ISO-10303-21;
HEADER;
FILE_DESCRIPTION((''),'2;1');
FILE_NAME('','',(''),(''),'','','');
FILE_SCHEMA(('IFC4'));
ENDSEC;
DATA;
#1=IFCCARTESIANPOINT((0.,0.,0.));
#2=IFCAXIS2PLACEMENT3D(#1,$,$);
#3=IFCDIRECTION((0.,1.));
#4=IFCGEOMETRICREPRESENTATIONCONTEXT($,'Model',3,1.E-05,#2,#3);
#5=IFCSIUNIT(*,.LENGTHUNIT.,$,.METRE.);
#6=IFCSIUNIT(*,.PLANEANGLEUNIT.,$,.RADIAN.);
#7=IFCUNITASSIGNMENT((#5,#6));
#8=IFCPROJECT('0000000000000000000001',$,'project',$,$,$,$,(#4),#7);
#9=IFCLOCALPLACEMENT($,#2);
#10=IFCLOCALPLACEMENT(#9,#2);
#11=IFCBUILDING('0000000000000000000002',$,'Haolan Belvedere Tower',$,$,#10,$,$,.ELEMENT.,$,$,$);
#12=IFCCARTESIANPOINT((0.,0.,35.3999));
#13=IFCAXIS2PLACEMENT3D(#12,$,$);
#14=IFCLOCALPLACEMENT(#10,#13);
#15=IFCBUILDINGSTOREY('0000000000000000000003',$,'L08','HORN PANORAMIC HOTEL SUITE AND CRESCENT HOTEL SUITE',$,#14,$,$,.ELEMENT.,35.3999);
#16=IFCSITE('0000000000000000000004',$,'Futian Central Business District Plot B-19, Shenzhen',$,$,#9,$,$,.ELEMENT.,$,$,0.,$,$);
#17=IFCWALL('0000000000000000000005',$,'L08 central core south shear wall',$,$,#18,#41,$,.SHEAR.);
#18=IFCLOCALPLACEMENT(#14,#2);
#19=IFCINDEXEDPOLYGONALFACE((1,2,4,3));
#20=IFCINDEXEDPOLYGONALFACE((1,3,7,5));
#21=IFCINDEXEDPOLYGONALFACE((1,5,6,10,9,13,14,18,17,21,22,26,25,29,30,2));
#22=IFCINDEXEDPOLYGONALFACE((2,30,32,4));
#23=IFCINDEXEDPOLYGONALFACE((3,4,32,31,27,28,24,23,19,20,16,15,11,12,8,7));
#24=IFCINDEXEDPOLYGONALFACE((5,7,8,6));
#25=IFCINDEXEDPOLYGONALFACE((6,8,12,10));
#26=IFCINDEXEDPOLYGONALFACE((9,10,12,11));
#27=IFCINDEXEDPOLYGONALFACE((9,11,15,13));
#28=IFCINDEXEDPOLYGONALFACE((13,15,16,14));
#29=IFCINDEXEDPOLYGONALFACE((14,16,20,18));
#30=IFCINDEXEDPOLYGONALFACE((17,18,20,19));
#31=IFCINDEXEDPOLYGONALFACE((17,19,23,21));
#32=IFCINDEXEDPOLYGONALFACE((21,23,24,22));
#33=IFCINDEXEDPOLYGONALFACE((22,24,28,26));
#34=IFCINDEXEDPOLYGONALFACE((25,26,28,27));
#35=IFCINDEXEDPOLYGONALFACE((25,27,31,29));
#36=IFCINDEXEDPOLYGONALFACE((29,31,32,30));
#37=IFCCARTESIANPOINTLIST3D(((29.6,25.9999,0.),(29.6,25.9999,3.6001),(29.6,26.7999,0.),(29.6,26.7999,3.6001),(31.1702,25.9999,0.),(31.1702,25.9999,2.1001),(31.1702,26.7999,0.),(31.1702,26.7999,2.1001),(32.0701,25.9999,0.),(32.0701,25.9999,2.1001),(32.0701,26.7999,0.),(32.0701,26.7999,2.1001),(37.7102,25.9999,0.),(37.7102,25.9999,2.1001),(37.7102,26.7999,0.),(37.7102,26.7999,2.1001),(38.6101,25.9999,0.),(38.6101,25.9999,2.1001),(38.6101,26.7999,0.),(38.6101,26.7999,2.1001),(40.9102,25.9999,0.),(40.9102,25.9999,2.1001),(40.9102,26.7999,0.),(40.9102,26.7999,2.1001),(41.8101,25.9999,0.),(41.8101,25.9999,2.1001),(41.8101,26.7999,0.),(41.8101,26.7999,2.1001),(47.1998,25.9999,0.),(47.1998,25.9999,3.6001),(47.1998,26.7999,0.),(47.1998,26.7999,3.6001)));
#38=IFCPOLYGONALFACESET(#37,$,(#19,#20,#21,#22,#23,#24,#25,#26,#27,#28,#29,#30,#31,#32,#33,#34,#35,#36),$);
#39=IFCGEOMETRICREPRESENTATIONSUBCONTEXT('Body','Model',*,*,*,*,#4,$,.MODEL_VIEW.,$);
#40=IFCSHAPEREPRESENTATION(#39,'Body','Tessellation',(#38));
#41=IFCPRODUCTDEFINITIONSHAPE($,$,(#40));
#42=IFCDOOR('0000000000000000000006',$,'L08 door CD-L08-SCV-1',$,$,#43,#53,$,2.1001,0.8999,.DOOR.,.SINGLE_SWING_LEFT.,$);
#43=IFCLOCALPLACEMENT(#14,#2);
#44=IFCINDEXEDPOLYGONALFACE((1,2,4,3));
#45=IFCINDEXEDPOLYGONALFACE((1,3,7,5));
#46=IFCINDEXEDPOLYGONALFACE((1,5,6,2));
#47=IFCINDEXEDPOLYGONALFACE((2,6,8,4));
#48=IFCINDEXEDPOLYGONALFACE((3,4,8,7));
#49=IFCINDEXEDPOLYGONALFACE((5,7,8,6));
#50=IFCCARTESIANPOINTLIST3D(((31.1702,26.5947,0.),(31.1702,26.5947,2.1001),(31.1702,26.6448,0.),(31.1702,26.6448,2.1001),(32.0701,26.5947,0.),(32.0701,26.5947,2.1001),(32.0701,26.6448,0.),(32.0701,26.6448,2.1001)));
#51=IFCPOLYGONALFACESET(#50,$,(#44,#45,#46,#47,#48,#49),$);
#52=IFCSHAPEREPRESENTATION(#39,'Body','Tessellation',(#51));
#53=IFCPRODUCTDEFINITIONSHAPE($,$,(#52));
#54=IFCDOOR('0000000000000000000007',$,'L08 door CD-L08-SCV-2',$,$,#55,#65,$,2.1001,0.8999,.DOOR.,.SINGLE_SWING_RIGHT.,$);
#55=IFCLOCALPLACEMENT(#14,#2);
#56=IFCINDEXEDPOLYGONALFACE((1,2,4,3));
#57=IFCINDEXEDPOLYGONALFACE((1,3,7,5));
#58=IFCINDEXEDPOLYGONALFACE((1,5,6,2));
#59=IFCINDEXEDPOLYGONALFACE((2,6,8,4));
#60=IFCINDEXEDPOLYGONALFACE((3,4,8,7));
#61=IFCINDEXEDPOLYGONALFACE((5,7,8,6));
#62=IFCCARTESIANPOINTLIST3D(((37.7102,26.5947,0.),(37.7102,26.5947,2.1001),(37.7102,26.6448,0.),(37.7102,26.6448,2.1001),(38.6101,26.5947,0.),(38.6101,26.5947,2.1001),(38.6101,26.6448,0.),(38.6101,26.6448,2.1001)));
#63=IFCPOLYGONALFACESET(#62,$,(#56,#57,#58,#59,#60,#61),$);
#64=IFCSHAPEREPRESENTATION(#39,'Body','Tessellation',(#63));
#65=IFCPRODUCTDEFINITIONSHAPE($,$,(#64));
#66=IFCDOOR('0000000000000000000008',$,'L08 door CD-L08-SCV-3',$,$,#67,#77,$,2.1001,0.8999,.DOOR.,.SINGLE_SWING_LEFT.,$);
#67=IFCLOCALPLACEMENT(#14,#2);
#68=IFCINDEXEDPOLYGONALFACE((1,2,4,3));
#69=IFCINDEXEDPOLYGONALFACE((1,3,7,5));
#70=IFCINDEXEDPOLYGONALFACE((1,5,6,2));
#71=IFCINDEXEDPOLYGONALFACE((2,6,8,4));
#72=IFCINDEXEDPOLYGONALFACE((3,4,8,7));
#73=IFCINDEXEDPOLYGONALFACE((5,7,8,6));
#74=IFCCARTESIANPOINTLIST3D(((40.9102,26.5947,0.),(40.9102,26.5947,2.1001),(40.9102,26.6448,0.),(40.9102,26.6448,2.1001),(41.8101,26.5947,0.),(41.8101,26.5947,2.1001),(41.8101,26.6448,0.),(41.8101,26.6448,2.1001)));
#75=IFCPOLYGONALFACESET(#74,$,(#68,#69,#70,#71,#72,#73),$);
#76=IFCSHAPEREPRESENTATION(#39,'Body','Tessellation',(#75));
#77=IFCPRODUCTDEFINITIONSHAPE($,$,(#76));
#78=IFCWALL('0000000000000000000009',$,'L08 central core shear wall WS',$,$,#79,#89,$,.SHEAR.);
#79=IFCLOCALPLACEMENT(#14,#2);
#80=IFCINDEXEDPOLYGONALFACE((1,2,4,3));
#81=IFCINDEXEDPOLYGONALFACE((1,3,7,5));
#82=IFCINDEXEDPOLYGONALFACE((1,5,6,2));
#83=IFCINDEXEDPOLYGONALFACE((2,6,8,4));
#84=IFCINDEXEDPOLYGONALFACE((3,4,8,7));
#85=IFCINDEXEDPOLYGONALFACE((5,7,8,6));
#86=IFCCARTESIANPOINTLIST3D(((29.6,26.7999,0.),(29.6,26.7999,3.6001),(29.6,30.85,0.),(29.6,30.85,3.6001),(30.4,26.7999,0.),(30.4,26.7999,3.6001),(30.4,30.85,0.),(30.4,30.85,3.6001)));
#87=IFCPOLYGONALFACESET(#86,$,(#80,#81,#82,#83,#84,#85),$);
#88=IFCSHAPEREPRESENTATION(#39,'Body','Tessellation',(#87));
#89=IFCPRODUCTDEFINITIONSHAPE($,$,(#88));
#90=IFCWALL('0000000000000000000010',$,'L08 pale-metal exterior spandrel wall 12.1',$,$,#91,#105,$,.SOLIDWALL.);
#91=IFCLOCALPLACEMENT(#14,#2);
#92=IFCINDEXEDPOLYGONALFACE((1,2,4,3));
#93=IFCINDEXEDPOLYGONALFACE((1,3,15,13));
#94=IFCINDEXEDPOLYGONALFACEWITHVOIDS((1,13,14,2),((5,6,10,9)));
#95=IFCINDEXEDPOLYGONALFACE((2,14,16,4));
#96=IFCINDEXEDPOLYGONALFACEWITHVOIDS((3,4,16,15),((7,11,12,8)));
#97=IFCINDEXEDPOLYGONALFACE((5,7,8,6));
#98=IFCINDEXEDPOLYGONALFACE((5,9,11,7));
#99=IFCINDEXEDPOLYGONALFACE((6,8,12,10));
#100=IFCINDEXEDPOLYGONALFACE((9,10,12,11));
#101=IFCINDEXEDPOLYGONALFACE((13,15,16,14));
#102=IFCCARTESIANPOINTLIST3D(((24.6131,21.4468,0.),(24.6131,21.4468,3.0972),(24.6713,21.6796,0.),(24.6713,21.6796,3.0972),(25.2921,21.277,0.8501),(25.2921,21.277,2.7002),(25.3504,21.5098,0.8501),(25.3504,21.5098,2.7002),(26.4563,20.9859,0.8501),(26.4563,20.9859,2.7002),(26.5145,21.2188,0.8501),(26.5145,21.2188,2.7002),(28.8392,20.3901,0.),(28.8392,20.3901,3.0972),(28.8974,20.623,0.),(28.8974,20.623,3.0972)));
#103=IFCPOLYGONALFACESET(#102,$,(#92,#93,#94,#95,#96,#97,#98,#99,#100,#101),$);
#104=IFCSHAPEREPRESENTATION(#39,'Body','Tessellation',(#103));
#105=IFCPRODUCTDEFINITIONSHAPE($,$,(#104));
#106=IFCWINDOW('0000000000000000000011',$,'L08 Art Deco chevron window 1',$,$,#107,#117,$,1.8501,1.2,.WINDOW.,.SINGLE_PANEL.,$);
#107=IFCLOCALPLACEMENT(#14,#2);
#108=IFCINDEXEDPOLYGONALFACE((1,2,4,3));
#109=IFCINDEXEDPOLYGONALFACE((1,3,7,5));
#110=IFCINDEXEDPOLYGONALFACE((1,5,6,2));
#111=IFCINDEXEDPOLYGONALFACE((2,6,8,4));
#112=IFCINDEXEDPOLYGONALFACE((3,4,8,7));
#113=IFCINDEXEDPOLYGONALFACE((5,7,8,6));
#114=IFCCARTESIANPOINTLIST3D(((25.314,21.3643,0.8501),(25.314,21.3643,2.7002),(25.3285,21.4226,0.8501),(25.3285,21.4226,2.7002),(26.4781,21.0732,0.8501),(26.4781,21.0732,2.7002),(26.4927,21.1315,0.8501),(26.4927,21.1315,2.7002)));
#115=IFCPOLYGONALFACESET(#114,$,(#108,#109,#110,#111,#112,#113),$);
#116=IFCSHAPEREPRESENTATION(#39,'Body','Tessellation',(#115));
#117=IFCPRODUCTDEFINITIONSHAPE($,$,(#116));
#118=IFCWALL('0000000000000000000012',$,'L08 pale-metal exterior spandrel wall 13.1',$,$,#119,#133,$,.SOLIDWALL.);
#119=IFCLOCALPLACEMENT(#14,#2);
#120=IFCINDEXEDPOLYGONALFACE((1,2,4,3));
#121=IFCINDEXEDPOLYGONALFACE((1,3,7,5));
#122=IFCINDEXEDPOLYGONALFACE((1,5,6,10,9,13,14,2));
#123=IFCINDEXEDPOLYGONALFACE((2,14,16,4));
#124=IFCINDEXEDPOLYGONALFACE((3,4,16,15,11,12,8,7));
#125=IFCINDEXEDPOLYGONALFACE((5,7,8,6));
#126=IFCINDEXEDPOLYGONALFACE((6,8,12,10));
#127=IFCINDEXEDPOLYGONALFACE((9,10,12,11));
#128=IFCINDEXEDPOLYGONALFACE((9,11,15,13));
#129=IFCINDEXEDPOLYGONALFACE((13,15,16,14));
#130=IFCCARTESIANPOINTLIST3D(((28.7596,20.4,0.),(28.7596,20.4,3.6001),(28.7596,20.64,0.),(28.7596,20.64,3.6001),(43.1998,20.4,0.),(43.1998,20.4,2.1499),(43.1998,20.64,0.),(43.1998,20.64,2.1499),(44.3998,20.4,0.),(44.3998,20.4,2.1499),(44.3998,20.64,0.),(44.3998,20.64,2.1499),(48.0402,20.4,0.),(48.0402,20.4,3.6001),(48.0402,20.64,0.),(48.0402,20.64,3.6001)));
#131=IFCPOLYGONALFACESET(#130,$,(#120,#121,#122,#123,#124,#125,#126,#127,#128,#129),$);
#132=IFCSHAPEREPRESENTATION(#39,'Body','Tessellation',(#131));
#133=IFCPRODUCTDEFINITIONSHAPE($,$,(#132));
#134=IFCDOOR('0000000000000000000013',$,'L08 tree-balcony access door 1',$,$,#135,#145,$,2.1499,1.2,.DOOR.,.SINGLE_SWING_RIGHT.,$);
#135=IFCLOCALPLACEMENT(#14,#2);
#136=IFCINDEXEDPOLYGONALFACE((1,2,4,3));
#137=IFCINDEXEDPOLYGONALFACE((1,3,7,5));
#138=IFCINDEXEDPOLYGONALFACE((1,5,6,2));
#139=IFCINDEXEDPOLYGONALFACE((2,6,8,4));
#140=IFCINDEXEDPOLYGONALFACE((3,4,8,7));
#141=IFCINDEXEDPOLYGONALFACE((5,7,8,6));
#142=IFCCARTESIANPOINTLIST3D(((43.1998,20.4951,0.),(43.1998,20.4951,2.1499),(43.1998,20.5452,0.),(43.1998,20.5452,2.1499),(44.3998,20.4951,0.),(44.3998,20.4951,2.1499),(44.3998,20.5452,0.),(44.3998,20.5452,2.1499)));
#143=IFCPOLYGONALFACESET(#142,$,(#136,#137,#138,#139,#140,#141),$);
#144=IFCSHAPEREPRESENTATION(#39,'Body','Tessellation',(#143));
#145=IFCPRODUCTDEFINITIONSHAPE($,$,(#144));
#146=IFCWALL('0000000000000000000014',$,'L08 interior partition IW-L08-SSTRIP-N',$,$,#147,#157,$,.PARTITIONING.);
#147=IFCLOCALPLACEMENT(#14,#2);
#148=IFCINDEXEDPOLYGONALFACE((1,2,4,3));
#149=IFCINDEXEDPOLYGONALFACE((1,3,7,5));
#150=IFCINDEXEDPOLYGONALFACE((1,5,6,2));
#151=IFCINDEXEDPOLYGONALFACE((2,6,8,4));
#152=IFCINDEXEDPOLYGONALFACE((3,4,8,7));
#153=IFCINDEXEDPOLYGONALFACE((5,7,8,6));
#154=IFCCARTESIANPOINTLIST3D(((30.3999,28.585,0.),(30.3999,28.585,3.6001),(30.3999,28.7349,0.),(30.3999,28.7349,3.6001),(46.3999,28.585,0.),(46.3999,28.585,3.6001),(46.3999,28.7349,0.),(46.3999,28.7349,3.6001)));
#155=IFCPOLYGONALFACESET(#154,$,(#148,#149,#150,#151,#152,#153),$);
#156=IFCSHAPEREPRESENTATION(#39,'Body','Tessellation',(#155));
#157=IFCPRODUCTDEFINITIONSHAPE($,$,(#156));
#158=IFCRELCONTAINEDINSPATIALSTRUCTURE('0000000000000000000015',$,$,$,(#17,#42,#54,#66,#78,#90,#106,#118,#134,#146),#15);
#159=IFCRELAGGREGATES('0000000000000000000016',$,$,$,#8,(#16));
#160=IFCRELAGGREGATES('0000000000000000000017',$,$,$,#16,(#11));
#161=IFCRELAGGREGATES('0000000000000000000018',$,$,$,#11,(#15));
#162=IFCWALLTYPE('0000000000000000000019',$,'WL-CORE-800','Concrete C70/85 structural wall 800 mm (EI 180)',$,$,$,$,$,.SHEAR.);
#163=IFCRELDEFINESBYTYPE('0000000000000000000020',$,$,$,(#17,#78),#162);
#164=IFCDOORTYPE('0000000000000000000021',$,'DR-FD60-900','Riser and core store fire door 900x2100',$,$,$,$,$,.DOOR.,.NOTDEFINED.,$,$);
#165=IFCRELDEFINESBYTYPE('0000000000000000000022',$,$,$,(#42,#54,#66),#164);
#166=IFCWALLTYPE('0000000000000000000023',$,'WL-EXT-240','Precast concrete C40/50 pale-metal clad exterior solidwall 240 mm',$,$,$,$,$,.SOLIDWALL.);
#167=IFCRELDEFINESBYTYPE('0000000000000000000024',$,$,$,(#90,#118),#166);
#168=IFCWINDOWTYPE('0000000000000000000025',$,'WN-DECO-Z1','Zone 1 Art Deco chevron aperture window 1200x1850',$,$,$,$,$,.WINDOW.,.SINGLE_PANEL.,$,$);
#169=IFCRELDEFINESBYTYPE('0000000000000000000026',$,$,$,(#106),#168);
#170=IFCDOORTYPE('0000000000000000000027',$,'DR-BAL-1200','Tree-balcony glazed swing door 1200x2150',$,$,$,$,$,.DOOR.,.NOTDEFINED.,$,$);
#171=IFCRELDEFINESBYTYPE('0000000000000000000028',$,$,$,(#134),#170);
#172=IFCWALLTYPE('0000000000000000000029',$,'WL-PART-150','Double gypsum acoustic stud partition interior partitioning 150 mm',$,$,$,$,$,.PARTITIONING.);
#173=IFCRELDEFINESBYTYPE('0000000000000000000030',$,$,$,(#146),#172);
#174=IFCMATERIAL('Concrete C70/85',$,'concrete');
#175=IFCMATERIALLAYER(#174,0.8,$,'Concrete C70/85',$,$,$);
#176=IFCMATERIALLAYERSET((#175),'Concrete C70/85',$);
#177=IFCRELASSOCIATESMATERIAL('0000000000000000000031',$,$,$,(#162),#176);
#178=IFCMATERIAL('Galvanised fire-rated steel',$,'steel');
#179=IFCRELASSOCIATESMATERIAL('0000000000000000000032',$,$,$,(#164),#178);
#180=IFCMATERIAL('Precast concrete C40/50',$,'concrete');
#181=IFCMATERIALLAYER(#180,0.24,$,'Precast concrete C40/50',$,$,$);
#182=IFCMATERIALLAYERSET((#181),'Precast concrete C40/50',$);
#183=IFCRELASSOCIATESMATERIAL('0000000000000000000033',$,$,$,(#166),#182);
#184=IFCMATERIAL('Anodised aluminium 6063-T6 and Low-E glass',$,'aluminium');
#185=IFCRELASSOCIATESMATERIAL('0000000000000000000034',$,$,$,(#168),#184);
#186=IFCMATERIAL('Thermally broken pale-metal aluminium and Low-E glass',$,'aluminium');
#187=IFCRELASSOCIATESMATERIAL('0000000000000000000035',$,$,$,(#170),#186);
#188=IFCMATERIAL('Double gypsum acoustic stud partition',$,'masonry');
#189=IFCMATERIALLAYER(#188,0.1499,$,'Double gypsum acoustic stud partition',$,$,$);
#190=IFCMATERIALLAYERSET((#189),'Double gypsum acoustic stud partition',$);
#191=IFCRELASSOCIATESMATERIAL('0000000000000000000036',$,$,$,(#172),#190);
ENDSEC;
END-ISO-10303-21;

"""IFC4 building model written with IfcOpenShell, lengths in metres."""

from ifc_helpers import new_model, si_unit, direction, frame, frame_2d, origin, place, context, subcontext, project, spatial, rectangle, extrude, material, layer, layer_set, type_object, element, fill, save


model = new_model("IFC4")

# Units and contexts
model_context = context("Model", 3, precision=1e-05, world=origin(), true_north=direction((0.0, 1.0)))
body_context = subcontext(model_context, "Body", "Model", "MODEL_VIEW")
ifc_project = project(units=[si_unit("LENGTHUNIT", "METRE"), si_unit("PLANEANGLEUNIT", "RADIAN")], contexts=[model_context])

# Site, building, storey
site_placement = place(None, origin())
site = spatial("IfcSite", under=ifc_project, at=site_placement, Name="Futian Central Business District Plot B-19, Shenzhen", CompositionType="ELEMENT", RefElevation=0.0)
building_placement = place(site_placement, origin())
building = spatial("IfcBuilding", under=site, at=building_placement, Name="Haolan Belvedere Tower", CompositionType="ELEMENT")
storey_placement = place(building_placement, frame((0.0, 0.0, 35.3999)))
storey = spatial("IfcBuildingStorey", under=building, at=storey_placement, Name="L08", Description="HORN PANORAMIC HOTEL SUITE AND CRESCENT HOTEL SUITE", CompositionType="ELEMENT", Elevation=35.3999)

# Wall, openings, doors
ifc_material_1 = material(Name="Concrete C70/85", Category="concrete")
ifc_layer_1 = layer(ifc_material_1, 0.8, Name="Concrete C70/85")
ifc_layer_set_1 = layer_set([ifc_layer_1], Name="Concrete C70/85")
wall_type_1 = type_object("IfcWallType", Name="WL-CORE-800", Description="Concrete C70/85 structural wall 800 mm (EI 180)", PredefinedType="SHEAR", material=ifc_layer_set_1)
wall_1_placement = place(storey_placement, frame((29.6001, 26.3999, 0.0), z_axis=(0.0, 0.0, 1.0), x_axis=(1.0, 0.0, 0.0)))
wall_1 = element("IfcWall", 1, at=wall_1_placement, inside=storey, type_object=wall_type_1, Name="L08 central core south shear wall", PredefinedType="SHEAR", context=body_context, shape_type="SweptSolid", body=[
    extrude(rectangle(XDim=17.5999, YDim=0.8, at=frame_2d((8.7998, 0.0))), origin(), (0.0, 0.0, 1.0), 3.6001),
])
opening_1_placement = place(wall_1_placement, frame((2.47, 0.0, 0.0), z_axis=(0.0, 0.0, 1.0), x_axis=(-1.0, 0.0, 0.0)))
opening_1 = element("IfcOpeningElement", 2, at=opening_1_placement, cuts=wall_1, PredefinedType="OPENING", context=body_context, shape_type="SweptSolid", body=[
    extrude(rectangle(XDim=0.8999, YDim=2.1001, at=frame_2d((0.45, 1.05))), frame((0.0, 0.4099, 0.0), z_axis=(0.0, -1.0, 0.0), x_axis=(1.0, 0.0, 0.0)), (0.0, 0.0, 1.0), 0.8201),
])
opening_2_placement = place(wall_1_placement, frame((9.01, 0.0, 0.0), z_axis=(0.0, 0.0, 1.0), x_axis=(-1.0, 0.0, 0.0)))
opening_2 = element("IfcOpeningElement", 3, at=opening_2_placement, cuts=wall_1, PredefinedType="OPENING", context=body_context, shape_type="SweptSolid", body=[
    extrude(rectangle(XDim=0.8999, YDim=2.1001, at=frame_2d((0.45, 1.05))), frame((0.0, 0.4099, 0.0), z_axis=(0.0, -1.0, 0.0), x_axis=(1.0, 0.0, 0.0)), (0.0, 0.0, 1.0), 0.8201),
])
opening_3_placement = place(wall_1_placement, frame((12.21, 0.0, 0.0), z_axis=(0.0, 0.0, 1.0), x_axis=(-1.0, 0.0, 0.0)))
opening_3 = element("IfcOpeningElement", 4, at=opening_3_placement, cuts=wall_1, PredefinedType="OPENING", context=body_context, shape_type="SweptSolid", body=[
    extrude(rectangle(XDim=0.8999, YDim=2.1001, at=frame_2d((0.45, 1.05))), frame((0.0, 0.4099, 0.0), z_axis=(0.0, -1.0, 0.0), x_axis=(1.0, 0.0, 0.0)), (0.0, 0.0, 1.0), 0.8201),
])
ifc_material_2 = material(Name="Galvanised fire-rated steel", Category="steel")
door_type_1 = type_object("IfcDoorType", Name="DR-FD60-900", Description="Riser and core store fire door 900x2100", OperationType="NOTDEFINED", PredefinedType="DOOR", material=ifc_material_2)
door_1_placement = place(opening_1_placement, origin())
door_1 = element("IfcDoor", 5, at=door_1_placement, inside=storey, type_object=door_type_1, Name="L08 door CD-L08-SCV-1", OperationType="SINGLE_SWING_LEFT", OverallHeight=2.1001, OverallWidth=0.8999, PredefinedType="DOOR", context=body_context, shape_type="SweptSolid", body=[
    extrude(rectangle(XDim=0.8999, YDim=2.1001, at=frame_2d((0.45, 1.05))), frame((0.0, -0.1948, 0.0), z_axis=(0.0, -1.0, 0.0), x_axis=(1.0, 0.0, 0.0)), (0.0, 0.0, 1.0), 0.05),
])
fill(opening_1, door_1)
door_2_placement = place(opening_2_placement, origin())
door_2 = element("IfcDoor", 6, at=door_2_placement, inside=storey, type_object=door_type_1, Name="L08 door CD-L08-SCV-2", OperationType="SINGLE_SWING_RIGHT", OverallHeight=2.1001, OverallWidth=0.8999, PredefinedType="DOOR", context=body_context, shape_type="SweptSolid", body=[
    extrude(rectangle(XDim=0.8999, YDim=2.1001, at=frame_2d((0.45, 1.05))), frame((0.0, -0.1948, 0.0), z_axis=(0.0, -1.0, 0.0), x_axis=(1.0, 0.0, 0.0)), (0.0, 0.0, 1.0), 0.05),
])
fill(opening_2, door_2)
door_3_placement = place(opening_3_placement, origin())
door_3 = element("IfcDoor", 7, at=door_3_placement, inside=storey, type_object=door_type_1, Name="L08 door CD-L08-SCV-3", OperationType="SINGLE_SWING_LEFT", OverallHeight=2.1001, OverallWidth=0.8999, PredefinedType="DOOR", context=body_context, shape_type="SweptSolid", body=[
    extrude(rectangle(XDim=0.8999, YDim=2.1001, at=frame_2d((0.45, 1.05))), frame((0.0, -0.1948, 0.0), z_axis=(0.0, -1.0, 0.0), x_axis=(1.0, 0.0, 0.0)), (0.0, 0.0, 1.0), 0.05),
])
fill(opening_3, door_3)

# Wall
wall_2_placement = place(storey_placement, frame((30.0, 26.8, 0.0), z_axis=(0.0, 0.0, 1.0), x_axis=(0.0, 1.0, 0.0)))
element("IfcWall", 8, at=wall_2_placement, inside=storey, type_object=wall_type_1, Name="L08 central core shear wall WS", PredefinedType="SHEAR", context=body_context, shape_type="SweptSolid", body=[
    extrude(rectangle(XDim=4.05, YDim=0.8, at=frame_2d((2.0249, 0.0))), origin(), (0.0, 0.0, 1.0), 3.6001),
])

# Wall, opening, window
ifc_material_3 = material(Name="Precast concrete C40/50", Category="concrete")
ifc_layer_2 = layer(ifc_material_3, 0.24, Name="Precast concrete C40/50")
ifc_layer_set_2 = layer_set([ifc_layer_2], Name="Precast concrete C40/50")
wall_type_2 = type_object("IfcWallType", Name="WL-EXT-240", Description="Precast concrete C40/50 pale-metal clad exterior solidwall 240 mm", PredefinedType="SOLIDWALL", material=ifc_layer_set_2)
wall_3_placement = place(storey_placement, frame((24.6421, 21.5632, 0.0), z_axis=(0.0, 0.0, 1.0), x_axis=(0.970136, -0.242562, 0.0)))
wall_3 = element("IfcWall", 9, at=wall_3_placement, inside=storey, type_object=wall_type_2, Name="L08 pale-metal exterior spandrel wall 12.1", PredefinedType="SOLIDWALL", context=body_context, shape_type="SweptSolid", body=[
    extrude(rectangle(XDim=4.3562, YDim=0.24, at=frame_2d((2.1782, 0.0))), origin(), (0.0, 0.0, 1.0), 3.0972),
])
opening_4_placement = place(wall_3_placement, frame((0.7, 0.0, 0.8501)))
opening_4 = element("IfcOpeningElement", 10, at=opening_4_placement, cuts=wall_3, PredefinedType="OPENING", context=body_context, shape_type="SweptSolid", body=[
    extrude(rectangle(XDim=1.2, YDim=1.8501, at=frame_2d((0.6001, 0.925))), frame((0.0, 0.1299, 0.0), z_axis=(0.0, -1.0, 0.0), x_axis=(1.0, 0.0, 0.0)), (0.0, 0.0, 1.0), 0.26),
])
ifc_material_4 = material(Name="Anodised aluminium 6063-T6 and Low-E glass", Category="aluminium")
window_type = type_object("IfcWindowType", Name="WN-DECO-Z1", Description="Zone 1 Art Deco chevron aperture window 1200x1850", PartitioningType="SINGLE_PANEL", PredefinedType="WINDOW", material=ifc_material_4)
window_placement = place(opening_4_placement, origin())
window = element("IfcWindow", 11, at=window_placement, inside=storey, type_object=window_type, Name="L08 Art Deco chevron window 1", OverallHeight=1.8501, OverallWidth=1.2, PartitioningType="SINGLE_PANEL", PredefinedType="WINDOW", context=body_context, shape_type="SweptSolid", body=[
    extrude(rectangle(XDim=1.2, YDim=1.8501, at=frame_2d((0.6001, 0.925))), frame((0.0, 0.03, 0.0), z_axis=(0.0, -1.0, 0.0), x_axis=(1.0, 0.0, 0.0)), (0.0, 0.0, 1.0), 0.0601),
])
fill(opening_4, window)

# Wall, opening, door
wall_4_placement = place(storey_placement, frame((28.7598, 20.52, 0.0), z_axis=(0.0, 0.0, 1.0), x_axis=(1.0, 0.0, 0.0)))
wall_4 = element("IfcWall", 12, at=wall_4_placement, inside=storey, type_object=wall_type_2, Name="L08 pale-metal exterior spandrel wall 13.1", PredefinedType="SOLIDWALL", context=body_context, shape_type="SweptSolid", body=[
    extrude(rectangle(XDim=19.2805, YDim=0.24, at=frame_2d((9.6401, 0.0))), origin(), (0.0, 0.0, 1.0), 3.6001),
])
opening_5_placement = place(wall_4_placement, frame((15.6401, 0.0, 0.0), z_axis=(0.0, 0.0, 1.0), x_axis=(-1.0, 0.0, 0.0)))
opening_5 = element("IfcOpeningElement", 13, at=opening_5_placement, cuts=wall_4, PredefinedType="OPENING", context=body_context, shape_type="SweptSolid", body=[
    extrude(rectangle(XDim=1.2, YDim=2.1499, at=frame_2d((0.6001, 1.075))), frame((0.0, 0.1299, 0.0), z_axis=(0.0, -1.0, 0.0), x_axis=(1.0, 0.0, 0.0)), (0.0, 0.0, 1.0), 0.26),
])
ifc_material_5 = material(Name="Thermally broken pale-metal aluminium and Low-E glass", Category="aluminium")
door_type_2 = type_object("IfcDoorType", Name="DR-BAL-1200", Description="Tree-balcony glazed swing door 1200x2150", OperationType="NOTDEFINED", PredefinedType="DOOR", material=ifc_material_5)
door_4_placement = place(opening_5_placement, origin())
door_4 = element("IfcDoor", 14, at=door_4_placement, inside=storey, type_object=door_type_2, Name="L08 tree-balcony access door 1", OperationType="SINGLE_SWING_RIGHT", OverallHeight=2.1499, OverallWidth=1.2, PredefinedType="DOOR", context=body_context, shape_type="SweptSolid", body=[
    extrude(rectangle(XDim=1.2, YDim=2.1499, at=frame_2d((0.6001, 1.075))), frame((0.0, 0.0249, 0.0), z_axis=(0.0, -1.0, 0.0), x_axis=(1.0, 0.0, 0.0)), (0.0, 0.0, 1.0), 0.05),
])
fill(opening_5, door_4)

# Wall
ifc_material_6 = material(Name="Double gypsum acoustic stud partition", Category="masonry")
ifc_layer_3 = layer(ifc_material_6, 0.1499, Name="Double gypsum acoustic stud partition")
ifc_layer_set_3 = layer_set([ifc_layer_3], Name="Double gypsum acoustic stud partition")
wall_type_3 = type_object("IfcWallType", Name="WL-PART-150", Description="Double gypsum acoustic stud partition interior partitioning 150 mm", PredefinedType="PARTITIONING", material=ifc_layer_set_3)
wall_5_placement = place(storey_placement, frame((30.3999, 28.6599, 0.0), z_axis=(0.0, 0.0, 1.0), x_axis=(1.0, 0.0, 0.0)))
element("IfcWall", 15, at=wall_5_placement, inside=storey, type_object=wall_type_3, Name="L08 interior partition IW-L08-SSTRIP-N", PredefinedType="PARTITIONING", context=body_context, shape_type="SweptSolid", body=[
    extrude(rectangle(XDim=16.0, YDim=0.1499, at=frame_2d((8.0, 0.0))), origin(), (0.0, 0.0, 1.0), 3.6001),
])

save(model, "model.ifc")
